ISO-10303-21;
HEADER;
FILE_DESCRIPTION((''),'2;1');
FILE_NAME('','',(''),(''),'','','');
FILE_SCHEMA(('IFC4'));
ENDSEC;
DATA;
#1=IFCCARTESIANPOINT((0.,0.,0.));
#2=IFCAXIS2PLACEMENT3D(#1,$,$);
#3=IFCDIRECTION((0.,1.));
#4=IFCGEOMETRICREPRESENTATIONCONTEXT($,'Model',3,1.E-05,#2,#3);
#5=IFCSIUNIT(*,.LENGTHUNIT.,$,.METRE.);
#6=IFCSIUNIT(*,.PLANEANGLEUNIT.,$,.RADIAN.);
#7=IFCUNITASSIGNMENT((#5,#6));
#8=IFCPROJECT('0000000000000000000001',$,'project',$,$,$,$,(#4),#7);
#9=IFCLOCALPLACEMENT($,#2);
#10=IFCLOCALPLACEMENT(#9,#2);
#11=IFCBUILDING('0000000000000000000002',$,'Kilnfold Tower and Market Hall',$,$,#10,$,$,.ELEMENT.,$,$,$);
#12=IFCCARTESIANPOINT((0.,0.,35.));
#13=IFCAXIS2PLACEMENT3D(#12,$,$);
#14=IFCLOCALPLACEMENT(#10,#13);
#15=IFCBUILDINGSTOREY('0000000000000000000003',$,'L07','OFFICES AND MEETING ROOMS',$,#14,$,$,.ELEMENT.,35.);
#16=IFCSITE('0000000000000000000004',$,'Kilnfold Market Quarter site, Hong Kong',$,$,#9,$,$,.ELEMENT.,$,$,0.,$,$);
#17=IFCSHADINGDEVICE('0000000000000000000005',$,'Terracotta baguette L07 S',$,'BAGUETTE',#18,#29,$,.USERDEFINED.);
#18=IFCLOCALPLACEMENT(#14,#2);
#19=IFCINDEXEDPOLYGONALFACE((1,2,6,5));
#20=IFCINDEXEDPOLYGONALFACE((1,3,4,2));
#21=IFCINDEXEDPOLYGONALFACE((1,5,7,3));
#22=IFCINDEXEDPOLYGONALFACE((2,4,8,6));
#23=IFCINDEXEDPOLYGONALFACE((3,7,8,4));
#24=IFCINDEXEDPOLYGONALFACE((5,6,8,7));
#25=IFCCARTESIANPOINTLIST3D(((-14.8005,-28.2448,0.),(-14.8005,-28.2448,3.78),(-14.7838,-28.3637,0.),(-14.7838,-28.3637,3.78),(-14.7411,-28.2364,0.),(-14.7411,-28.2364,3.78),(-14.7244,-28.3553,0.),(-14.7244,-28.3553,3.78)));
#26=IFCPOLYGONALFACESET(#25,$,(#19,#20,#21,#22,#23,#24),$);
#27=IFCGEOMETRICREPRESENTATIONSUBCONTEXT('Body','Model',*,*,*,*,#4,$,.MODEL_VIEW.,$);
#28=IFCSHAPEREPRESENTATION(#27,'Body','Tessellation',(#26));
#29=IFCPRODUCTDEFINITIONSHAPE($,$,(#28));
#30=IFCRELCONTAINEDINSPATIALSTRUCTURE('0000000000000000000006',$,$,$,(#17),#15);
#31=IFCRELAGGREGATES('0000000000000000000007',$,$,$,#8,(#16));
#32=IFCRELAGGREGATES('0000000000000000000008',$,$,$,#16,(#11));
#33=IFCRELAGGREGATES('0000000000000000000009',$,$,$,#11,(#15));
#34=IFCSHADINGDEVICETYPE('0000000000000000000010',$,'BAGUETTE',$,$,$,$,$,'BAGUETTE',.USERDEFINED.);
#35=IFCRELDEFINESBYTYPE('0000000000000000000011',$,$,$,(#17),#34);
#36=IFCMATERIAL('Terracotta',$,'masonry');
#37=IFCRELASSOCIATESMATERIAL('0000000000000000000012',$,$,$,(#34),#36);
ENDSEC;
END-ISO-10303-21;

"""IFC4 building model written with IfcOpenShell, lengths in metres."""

from ifc_helpers import new_model, si_unit, direction, frame, origin, origin_2d, place, context, subcontext, project, spatial, rectangle, extrude, source, transform, mapped, material, material_profile, profile_set, type_object, element, save


model = new_model("IFC4")

# Units and contexts
model_context = context("Model", 3, precision=1e-05, world=origin(), true_north=direction((0.0, 1.0)))
body_context = subcontext(model_context, "Body", "Model", "MODEL_VIEW")
ifc_project = project(units=[si_unit("LENGTHUNIT", "METRE"), si_unit("PLANEANGLEUNIT", "RADIAN")], contexts=[model_context])

# Site, building, storey
site_placement = place(None, origin())
site = spatial("IfcSite", under=ifc_project, at=site_placement, Name="Kilnfold Market Quarter site, Hong Kong", CompositionType="ELEMENT", RefElevation=0.0)
building_placement = place(site_placement, origin())
building = spatial("IfcBuilding", under=site, at=building_placement, Name="Kilnfold Tower and Market Hall", CompositionType="ELEMENT")
storey_placement = place(building_placement, frame((0.0, 0.0, 35.0)))
storey = spatial("IfcBuildingStorey", under=building, at=storey_placement, Name="L07", Description="OFFICES AND MEETING ROOMS", CompositionType="ELEMENT", Elevation=35.0)

# Shading device
ifc_material_1 = material(Name="Terracotta", Category="masonry")
ifc_material_profile_1 = material_profile(ifc_material_1, rectangle(XDim=0.0601, YDim=0.1201, at=origin_2d()), Name="BAG 60x120")
ifc_profile_set_1 = profile_set([ifc_material_profile_1], Name="Terracotta")
shading_device_type = type_object("IfcShadingDeviceType", Name="BAGUETTE", ElementType="BAGUETTE", PredefinedType="USERDEFINED", material=ifc_profile_set_1)
shared_shape_1 = source(origin(), body_context, "Body", "SweptSolid", [
    extrude(rectangle(XDim=0.0601, YDim=0.1201, at=origin_2d()), origin(), (0.0, 0.0, 1.0), 3.78),
])
for number, where, z_axis, x_axis, name in (
    (1, (-14.7625, -28.3, 0.0), (0.0, 0.0, 1.0), (0.99027, 0.139156, 0.0), "Terracotta baguette L07 S"),
):
    element("IfcShadingDevice", number, at=place(storey_placement, frame(where, z_axis=z_axis, x_axis=x_axis)), inside=storey, type_object=shading_device_type, Name=name, ObjectType="BAGUETTE", PredefinedType="USERDEFINED", context=body_context, shape_type="MappedRepresentation", body=[
        mapped(shared_shape_1, transform((0.0, 0.0, 0.0))),
    ])

save(model, "model.ifc")
